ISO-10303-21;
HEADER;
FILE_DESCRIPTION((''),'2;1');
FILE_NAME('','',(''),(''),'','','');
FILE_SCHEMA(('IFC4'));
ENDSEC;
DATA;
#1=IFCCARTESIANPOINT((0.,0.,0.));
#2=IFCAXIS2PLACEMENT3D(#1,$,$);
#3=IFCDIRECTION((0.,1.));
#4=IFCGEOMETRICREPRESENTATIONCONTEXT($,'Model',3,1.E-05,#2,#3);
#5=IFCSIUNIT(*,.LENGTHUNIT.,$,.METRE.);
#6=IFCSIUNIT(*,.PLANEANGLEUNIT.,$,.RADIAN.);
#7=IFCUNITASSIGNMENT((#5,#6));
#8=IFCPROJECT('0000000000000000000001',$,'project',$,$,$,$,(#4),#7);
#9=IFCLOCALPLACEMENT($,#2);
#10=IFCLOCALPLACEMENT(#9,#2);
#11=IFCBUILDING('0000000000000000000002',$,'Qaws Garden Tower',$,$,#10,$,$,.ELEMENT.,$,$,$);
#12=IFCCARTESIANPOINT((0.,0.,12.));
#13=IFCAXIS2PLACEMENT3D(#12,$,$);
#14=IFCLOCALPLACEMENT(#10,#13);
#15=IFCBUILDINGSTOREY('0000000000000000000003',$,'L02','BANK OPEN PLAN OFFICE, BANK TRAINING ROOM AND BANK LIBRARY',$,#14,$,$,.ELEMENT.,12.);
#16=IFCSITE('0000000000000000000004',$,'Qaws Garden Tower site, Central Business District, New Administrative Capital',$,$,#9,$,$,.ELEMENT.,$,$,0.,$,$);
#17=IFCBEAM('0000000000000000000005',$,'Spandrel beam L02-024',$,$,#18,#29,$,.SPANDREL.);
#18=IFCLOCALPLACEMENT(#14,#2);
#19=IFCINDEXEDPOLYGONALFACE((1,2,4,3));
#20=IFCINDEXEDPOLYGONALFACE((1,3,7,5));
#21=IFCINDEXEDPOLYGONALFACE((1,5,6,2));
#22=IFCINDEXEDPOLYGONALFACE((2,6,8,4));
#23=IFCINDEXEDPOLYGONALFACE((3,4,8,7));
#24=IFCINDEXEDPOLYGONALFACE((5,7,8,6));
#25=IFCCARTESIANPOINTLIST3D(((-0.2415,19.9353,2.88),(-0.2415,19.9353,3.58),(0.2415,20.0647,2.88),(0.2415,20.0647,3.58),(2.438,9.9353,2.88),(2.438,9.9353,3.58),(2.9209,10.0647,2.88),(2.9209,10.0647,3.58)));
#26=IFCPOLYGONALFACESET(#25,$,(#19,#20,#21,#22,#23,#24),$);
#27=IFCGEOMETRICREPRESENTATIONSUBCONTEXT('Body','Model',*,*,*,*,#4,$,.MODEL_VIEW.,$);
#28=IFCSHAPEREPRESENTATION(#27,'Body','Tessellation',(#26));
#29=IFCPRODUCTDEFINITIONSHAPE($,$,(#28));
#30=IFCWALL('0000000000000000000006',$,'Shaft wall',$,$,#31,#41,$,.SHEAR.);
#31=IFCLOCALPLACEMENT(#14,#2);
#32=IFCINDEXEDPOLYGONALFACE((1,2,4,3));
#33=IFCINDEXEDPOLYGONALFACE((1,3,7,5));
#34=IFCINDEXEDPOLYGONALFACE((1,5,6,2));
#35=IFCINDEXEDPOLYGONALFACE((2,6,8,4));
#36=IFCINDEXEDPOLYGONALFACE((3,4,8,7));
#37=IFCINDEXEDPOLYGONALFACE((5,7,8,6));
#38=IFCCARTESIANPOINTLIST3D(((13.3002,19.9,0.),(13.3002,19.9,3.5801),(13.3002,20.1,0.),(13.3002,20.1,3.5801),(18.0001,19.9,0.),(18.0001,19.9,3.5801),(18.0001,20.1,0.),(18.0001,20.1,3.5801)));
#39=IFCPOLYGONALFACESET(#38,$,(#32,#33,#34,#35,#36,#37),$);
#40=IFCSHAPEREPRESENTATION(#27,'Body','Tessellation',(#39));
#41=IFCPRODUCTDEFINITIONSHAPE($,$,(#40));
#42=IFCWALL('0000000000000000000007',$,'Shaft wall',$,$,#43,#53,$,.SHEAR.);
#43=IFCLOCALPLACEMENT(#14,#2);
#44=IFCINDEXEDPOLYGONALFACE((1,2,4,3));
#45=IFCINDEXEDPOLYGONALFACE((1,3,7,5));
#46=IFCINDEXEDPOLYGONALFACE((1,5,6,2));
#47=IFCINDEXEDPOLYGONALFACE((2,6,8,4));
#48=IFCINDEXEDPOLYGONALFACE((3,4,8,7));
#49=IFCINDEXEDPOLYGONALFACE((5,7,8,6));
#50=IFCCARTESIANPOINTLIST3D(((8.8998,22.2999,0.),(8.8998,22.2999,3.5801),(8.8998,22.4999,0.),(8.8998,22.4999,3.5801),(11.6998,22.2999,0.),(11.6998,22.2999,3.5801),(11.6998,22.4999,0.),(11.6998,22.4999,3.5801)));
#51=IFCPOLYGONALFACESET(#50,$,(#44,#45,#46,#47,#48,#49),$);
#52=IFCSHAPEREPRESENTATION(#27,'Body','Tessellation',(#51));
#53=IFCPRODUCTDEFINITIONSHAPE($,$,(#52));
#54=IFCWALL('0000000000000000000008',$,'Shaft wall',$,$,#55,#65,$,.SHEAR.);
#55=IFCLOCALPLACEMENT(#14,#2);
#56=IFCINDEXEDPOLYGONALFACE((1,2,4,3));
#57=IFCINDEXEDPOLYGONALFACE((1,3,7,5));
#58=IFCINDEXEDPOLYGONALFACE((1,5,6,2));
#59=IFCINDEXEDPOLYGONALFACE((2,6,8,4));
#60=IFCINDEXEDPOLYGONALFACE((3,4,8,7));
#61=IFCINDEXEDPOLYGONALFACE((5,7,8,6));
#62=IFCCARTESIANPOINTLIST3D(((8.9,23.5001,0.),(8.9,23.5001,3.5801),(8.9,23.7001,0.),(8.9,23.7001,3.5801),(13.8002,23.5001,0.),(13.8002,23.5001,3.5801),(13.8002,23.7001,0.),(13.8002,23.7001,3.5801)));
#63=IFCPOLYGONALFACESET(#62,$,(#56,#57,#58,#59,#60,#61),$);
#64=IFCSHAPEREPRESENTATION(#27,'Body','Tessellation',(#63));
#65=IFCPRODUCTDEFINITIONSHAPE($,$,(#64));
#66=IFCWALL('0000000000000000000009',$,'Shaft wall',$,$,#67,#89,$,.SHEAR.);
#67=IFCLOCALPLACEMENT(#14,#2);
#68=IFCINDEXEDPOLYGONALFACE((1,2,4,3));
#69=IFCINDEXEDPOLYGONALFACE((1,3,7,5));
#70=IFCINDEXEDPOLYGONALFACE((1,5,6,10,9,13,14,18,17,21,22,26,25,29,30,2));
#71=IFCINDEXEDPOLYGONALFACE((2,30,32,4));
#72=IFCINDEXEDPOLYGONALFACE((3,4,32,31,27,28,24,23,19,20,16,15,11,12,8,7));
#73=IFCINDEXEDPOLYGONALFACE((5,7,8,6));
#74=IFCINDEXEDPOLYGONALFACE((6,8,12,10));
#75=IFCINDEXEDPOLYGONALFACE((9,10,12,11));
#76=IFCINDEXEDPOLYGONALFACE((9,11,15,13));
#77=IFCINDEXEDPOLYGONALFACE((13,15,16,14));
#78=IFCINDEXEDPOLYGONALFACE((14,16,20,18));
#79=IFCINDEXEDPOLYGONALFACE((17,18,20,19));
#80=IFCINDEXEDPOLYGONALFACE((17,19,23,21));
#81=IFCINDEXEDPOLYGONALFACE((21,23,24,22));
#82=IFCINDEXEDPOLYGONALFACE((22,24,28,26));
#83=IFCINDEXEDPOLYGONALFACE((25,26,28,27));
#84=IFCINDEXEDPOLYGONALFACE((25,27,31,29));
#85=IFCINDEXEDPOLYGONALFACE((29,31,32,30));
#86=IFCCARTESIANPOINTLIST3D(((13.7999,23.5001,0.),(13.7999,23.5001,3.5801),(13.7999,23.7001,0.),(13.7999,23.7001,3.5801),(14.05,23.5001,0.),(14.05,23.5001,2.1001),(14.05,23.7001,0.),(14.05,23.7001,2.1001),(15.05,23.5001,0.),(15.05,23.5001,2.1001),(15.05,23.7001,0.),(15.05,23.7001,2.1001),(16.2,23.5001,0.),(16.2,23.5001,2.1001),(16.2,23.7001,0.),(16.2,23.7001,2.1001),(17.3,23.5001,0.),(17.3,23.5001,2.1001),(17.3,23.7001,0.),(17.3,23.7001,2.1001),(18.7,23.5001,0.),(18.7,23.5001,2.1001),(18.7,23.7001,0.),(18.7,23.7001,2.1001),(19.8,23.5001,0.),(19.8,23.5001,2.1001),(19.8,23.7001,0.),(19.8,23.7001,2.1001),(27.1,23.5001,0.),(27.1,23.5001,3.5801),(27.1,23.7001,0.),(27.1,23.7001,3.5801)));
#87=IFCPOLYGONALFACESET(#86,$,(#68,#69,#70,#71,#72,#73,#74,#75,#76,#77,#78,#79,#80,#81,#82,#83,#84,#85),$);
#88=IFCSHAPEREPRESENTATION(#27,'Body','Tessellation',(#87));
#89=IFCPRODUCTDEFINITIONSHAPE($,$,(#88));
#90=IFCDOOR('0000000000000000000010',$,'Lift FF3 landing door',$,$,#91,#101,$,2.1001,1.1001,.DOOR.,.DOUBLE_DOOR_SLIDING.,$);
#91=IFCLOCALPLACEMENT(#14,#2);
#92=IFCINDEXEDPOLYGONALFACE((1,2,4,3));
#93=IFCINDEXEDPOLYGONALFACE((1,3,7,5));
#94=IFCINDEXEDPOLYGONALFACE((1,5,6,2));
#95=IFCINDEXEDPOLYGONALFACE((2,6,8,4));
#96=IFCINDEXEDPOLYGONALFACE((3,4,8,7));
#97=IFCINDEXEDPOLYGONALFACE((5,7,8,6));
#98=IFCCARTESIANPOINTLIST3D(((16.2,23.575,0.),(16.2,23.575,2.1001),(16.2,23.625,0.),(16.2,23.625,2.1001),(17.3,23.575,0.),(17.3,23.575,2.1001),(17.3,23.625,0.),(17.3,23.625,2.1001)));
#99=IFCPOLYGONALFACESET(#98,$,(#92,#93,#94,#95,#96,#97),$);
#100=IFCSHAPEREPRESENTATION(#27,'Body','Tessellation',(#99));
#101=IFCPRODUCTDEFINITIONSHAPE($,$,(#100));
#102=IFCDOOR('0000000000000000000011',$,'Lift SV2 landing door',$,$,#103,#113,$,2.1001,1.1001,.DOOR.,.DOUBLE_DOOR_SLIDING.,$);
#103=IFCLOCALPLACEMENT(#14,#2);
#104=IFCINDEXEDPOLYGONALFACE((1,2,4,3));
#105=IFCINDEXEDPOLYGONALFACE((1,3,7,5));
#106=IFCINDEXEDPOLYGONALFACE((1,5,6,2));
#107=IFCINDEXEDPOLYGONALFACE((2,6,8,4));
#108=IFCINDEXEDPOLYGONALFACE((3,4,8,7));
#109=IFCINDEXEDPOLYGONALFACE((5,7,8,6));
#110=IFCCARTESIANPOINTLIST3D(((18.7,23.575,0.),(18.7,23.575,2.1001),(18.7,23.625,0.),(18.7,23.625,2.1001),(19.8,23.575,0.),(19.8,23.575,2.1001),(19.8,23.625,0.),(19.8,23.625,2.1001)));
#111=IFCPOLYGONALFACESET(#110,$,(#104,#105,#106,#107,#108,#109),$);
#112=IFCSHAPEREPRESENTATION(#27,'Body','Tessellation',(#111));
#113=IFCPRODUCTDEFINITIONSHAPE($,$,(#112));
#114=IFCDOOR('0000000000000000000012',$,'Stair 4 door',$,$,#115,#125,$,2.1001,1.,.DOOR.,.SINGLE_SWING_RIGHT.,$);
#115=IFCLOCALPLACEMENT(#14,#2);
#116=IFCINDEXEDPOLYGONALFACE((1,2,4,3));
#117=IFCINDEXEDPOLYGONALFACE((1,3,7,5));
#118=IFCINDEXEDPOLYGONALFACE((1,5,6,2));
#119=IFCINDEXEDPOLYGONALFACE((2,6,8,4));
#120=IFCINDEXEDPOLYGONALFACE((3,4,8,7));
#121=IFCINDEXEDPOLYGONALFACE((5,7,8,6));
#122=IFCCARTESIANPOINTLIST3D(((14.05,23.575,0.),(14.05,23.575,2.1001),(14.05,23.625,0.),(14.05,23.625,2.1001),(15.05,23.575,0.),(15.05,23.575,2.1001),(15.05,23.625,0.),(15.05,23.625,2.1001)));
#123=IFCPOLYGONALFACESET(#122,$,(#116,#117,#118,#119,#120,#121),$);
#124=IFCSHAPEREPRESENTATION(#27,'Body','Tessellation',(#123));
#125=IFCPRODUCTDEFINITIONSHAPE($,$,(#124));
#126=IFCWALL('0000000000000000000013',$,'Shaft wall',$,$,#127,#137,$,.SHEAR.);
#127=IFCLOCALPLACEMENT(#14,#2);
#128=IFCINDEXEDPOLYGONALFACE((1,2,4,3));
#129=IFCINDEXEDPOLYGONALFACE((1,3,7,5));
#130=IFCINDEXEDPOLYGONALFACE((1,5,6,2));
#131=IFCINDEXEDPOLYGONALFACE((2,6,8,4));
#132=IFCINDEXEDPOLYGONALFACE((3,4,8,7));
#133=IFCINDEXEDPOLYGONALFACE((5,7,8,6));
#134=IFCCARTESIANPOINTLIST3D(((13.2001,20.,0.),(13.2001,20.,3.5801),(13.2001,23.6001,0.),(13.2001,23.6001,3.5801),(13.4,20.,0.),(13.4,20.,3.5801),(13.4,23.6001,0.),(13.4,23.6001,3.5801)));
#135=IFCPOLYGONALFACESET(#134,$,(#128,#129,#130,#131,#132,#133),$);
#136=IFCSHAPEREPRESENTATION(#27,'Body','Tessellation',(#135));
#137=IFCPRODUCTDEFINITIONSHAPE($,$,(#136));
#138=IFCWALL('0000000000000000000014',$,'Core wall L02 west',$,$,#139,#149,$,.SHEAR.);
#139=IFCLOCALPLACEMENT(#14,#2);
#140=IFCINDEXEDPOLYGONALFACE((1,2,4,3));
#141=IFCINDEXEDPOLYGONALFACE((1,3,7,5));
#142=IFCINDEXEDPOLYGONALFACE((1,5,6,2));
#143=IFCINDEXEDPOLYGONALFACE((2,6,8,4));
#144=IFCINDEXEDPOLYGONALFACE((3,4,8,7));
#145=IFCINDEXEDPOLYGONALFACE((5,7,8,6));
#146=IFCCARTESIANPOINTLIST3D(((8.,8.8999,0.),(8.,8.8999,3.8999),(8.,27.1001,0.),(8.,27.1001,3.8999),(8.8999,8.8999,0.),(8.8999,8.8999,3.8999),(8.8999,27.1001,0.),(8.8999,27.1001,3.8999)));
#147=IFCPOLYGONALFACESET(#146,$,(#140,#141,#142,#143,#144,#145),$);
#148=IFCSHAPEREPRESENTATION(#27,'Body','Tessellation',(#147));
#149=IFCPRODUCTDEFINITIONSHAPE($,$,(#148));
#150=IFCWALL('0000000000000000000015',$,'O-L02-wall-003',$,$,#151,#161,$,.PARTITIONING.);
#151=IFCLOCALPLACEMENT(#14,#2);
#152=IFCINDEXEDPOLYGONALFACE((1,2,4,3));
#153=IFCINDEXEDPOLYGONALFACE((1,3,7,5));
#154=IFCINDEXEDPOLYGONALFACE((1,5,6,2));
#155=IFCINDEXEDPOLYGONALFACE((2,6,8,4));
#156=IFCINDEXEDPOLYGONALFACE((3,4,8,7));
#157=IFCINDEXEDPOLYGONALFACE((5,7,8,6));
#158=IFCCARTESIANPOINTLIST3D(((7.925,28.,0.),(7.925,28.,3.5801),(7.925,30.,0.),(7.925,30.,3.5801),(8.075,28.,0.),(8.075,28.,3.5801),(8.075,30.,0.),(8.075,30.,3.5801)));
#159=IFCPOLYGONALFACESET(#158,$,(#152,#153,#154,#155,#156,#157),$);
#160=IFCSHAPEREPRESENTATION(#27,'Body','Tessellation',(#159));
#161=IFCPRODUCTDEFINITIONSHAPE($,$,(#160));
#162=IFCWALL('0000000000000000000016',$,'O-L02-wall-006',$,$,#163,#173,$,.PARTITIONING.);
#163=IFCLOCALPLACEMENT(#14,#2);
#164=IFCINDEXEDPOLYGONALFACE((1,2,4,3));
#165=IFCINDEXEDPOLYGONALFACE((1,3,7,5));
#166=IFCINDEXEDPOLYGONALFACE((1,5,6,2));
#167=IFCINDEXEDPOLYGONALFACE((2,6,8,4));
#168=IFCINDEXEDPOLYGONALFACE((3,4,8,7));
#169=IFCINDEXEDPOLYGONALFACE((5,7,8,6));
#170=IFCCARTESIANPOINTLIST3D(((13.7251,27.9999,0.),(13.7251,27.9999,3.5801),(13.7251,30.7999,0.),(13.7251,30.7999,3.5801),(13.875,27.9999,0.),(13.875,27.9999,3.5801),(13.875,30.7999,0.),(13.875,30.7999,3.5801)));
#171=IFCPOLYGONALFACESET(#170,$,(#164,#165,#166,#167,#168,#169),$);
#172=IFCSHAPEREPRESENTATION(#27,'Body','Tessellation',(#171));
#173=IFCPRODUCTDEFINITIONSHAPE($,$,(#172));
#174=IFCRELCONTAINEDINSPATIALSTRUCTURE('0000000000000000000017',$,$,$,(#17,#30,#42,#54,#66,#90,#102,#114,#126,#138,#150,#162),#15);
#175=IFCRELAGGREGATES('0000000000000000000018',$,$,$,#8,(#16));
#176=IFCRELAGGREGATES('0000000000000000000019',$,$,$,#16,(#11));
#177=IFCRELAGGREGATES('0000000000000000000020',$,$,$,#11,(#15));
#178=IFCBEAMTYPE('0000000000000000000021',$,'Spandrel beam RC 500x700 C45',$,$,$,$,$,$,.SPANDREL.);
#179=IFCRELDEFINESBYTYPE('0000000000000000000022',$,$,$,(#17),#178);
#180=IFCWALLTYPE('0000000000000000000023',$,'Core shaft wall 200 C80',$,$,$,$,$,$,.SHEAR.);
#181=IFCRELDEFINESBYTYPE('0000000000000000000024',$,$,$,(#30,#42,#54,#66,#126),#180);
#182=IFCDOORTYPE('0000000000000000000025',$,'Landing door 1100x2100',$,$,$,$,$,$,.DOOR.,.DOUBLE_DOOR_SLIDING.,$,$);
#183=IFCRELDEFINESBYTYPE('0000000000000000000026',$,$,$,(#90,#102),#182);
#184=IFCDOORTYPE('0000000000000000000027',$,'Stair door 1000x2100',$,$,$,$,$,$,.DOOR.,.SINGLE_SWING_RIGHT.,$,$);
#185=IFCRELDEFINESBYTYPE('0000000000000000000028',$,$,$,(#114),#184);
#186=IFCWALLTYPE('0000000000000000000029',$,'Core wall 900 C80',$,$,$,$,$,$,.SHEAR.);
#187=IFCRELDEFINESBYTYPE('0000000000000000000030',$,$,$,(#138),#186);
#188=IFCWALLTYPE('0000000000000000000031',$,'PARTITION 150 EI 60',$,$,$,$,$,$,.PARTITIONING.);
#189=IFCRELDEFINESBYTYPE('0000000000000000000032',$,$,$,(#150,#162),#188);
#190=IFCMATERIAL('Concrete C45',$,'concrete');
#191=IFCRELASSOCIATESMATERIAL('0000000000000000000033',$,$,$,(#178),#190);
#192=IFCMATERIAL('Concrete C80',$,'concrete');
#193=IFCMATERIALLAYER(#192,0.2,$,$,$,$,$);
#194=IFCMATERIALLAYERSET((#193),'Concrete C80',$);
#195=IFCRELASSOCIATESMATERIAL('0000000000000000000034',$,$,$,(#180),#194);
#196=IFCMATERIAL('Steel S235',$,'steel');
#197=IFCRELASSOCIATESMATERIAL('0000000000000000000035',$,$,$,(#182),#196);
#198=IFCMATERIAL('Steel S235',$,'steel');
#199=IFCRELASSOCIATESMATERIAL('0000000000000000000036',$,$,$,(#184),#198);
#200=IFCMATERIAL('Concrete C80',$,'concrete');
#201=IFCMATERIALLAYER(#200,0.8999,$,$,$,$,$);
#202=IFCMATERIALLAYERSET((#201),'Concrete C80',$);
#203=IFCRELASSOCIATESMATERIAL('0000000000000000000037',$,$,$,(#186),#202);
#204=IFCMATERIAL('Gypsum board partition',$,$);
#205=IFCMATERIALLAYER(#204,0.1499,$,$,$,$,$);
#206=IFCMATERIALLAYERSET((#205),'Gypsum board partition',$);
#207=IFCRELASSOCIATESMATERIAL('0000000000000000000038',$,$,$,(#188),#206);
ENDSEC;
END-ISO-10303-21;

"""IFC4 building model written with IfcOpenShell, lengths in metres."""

from ifc_helpers import new_model, si_unit, direction, frame, frame_2d, origin, origin_2d, place, context, subcontext, project, spatial, rectangle, extrude, material, layer, layer_set, material_profile, profile_set, type_object, element, fill, save


model = new_model("IFC4")

# Units and contexts
model_context = context("Model", 3, precision=1e-05, world=origin(), true_north=direction((0.0, 1.0)))
body_context = subcontext(model_context, "Body", "Model", "MODEL_VIEW")
ifc_project = project(units=[si_unit("LENGTHUNIT", "METRE"), si_unit("PLANEANGLEUNIT", "RADIAN")], contexts=[model_context])

# Site, building, storey
site_placement = place(None, origin())
site = spatial("IfcSite", under=ifc_project, at=site_placement, Name="Qaws Garden Tower site, Central Business District, New Administrative Capital", CompositionType="ELEMENT", RefElevation=0.0)
building_placement = place(site_placement, origin())
building = spatial("IfcBuilding", under=site, at=building_placement, Name="Qaws Garden Tower", CompositionType="ELEMENT")
storey_placement = place(building_placement, frame((0.0, 0.0, 12.0)))
storey = spatial("IfcBuildingStorey", under=building, at=storey_placement, Name="L02", Description="BANK OPEN PLAN OFFICE, BANK TRAINING ROOM AND BANK LIBRARY", CompositionType="ELEMENT", Elevation=12.0)

# Beam
ifc_material_1 = material(Name="Concrete C45", Category="concrete")
ifc_material_profile = material_profile(ifc_material_1, rectangle(XDim=0.5, YDim=0.7, at=origin_2d()), Name="RC 500x700")
ifc_profile_set = profile_set([ifc_material_profile], Name="Concrete C45")
beam_type = type_object("IfcBeamType", Name="Spandrel beam RC 500x700 C45", PredefinedType="SPANDREL", material=ifc_profile_set)
beam_placement = place(storey_placement, frame((0.0, 20.0, 3.23), z_axis=(0.258815, -0.965927, 0.0), x_axis=(0.965927, 0.258815, 0.0)))
element("IfcBeam", 1, at=beam_placement, inside=storey, type_object=beam_type, Name="Spandrel beam L02-024", PredefinedType="SPANDREL", context=body_context, shape_type="SweptSolid", body=[
    extrude(rectangle(XDim=0.5, YDim=0.7, at=origin_2d()), origin(), (0.0, 0.0, 1.0), 10.3528),
])

# Walls
ifc_material_2 = material(Name="Concrete C80", Category="concrete")
ifc_layer_1 = layer(ifc_material_2, 0.2)
ifc_layer_set_1 = layer_set([ifc_layer_1], Name="Concrete C80")
wall_type_1 = type_object("IfcWallType", Name="Core shaft wall 200 C80", PredefinedType="SHEAR", material=ifc_layer_set_1)
wall_1_placement = place(storey_placement, frame((13.3, 20.0, 0.0), z_axis=(0.0, 0.0, 1.0), x_axis=(1.0, 0.0, 0.0)))
element("IfcWall", 2, at=wall_1_placement, inside=storey, type_object=wall_type_1, Name="Shaft wall", PredefinedType="SHEAR", context=body_context, shape_type="SweptSolid", body=[
    extrude(rectangle(XDim=4.7, YDim=0.2, at=frame_2d((2.3501, 0.0))), origin(), (0.0, 0.0, 1.0), 3.5801),
])
wall_2_placement = place(storey_placement, frame((8.8999, 22.3999, 0.0), z_axis=(0.0, 0.0, 1.0), x_axis=(1.0, 0.0, 0.0)))
element("IfcWall", 3, at=wall_2_placement, inside=storey, type_object=wall_type_1, Name="Shaft wall", PredefinedType="SHEAR", context=body_context, shape_type="SweptSolid", body=[
    extrude(rectangle(XDim=2.8, YDim=0.2, at=frame_2d((1.3999, 0.0))), origin(), (0.0, 0.0, 1.0), 3.5801),
])
wall_3_placement = place(storey_placement, frame((8.8999, 23.6001, 0.0), z_axis=(0.0, 0.0, 1.0), x_axis=(1.0, 0.0, 0.0)))
element("IfcWall", 4, at=wall_3_placement, inside=storey, type_object=wall_type_1, Name="Shaft wall", PredefinedType="SHEAR", context=body_context, shape_type="SweptSolid", body=[
    extrude(rectangle(XDim=4.9001, YDim=0.2, at=frame_2d((2.4502, 0.0))), origin(), (0.0, 0.0, 1.0), 3.5801),
])

# Wall, openings, doors
wall_4_placement = place(storey_placement, frame((13.8, 23.6001, 0.0), z_axis=(0.0, 0.0, 1.0), x_axis=(1.0, 0.0, 0.0)))
wall_4 = element("IfcWall", 5, at=wall_4_placement, inside=storey, type_object=wall_type_1, Name="Shaft wall", PredefinedType="SHEAR", context=body_context, shape_type="SweptSolid", body=[
    extrude(rectangle(XDim=13.3, YDim=0.2, at=frame_2d((6.6499, 0.0))), origin(), (0.0, 0.0, 1.0), 3.5801),
])
opening_1_placement = place(wall_4_placement, frame((2.3999, 0.0, 0.0)))
opening_1 = element("IfcOpeningElement", 6, at=opening_1_placement, cuts=wall_4, PredefinedType="OPENING", context=body_context, shape_type="SweptSolid", body=[
    extrude(rectangle(XDim=1.1001, YDim=2.1001, at=frame_2d((0.55, 1.05))), frame((0.0, 0.1099, 0.0), z_axis=(0.0, -1.0, 0.0), x_axis=(1.0, 0.0, 0.0)), (0.0, 0.0, 1.0), 0.22),
])
opening_2_placement = place(wall_4_placement, frame((4.8999, 0.0, 0.0)))
opening_2 = element("IfcOpeningElement", 7, at=opening_2_placement, cuts=wall_4, PredefinedType="OPENING", context=body_context, shape_type="SweptSolid", body=[
    extrude(rectangle(XDim=1.1001, YDim=2.1001, at=frame_2d((0.55, 1.05))), frame((0.0, 0.1099, 0.0), z_axis=(0.0, -1.0, 0.0), x_axis=(1.0, 0.0, 0.0)), (0.0, 0.0, 1.0), 0.22),
])
opening_3_placement = place(wall_4_placement, frame((0.25, 0.0, 0.0)))
opening_3 = element("IfcOpeningElement", 8, at=opening_3_placement, cuts=wall_4, PredefinedType="OPENING", context=body_context, shape_type="SweptSolid", body=[
    extrude(rectangle(XDim=1.0, YDim=2.1001, at=frame_2d((0.5, 1.05))), frame((0.0, 0.1099, 0.0), z_axis=(0.0, -1.0, 0.0), x_axis=(1.0, 0.0, 0.0)), (0.0, 0.0, 1.0), 0.22),
])
ifc_material_3 = material(Name="Steel S235", Category="steel")
door_type_1 = type_object("IfcDoorType", Name="Landing door 1100x2100", OperationType="DOUBLE_DOOR_SLIDING", PredefinedType="DOOR", material=ifc_material_3)
door_1_placement = place(opening_1_placement, origin())
door_1 = element("IfcDoor", 9, at=door_1_placement, inside=storey, type_object=door_type_1, Name="Lift FF3 landing door", OperationType="DOUBLE_DOOR_SLIDING", OverallHeight=2.1001, OverallWidth=1.1001, PredefinedType="DOOR", context=body_context, shape_type="SweptSolid", body=[
    extrude(rectangle(XDim=1.1001, YDim=2.1001, at=frame_2d((0.55, 1.05))), frame((0.0, 0.0249, 0.0), z_axis=(0.0, -1.0, 0.0), x_axis=(1.0, 0.0, 0.0)), (0.0, 0.0, 1.0), 0.05),
])
fill(opening_1, door_1)
door_2_placement = place(opening_2_placement, origin())
door_2 = element("IfcDoor", 10, at=door_2_placement, inside=storey, type_object=door_type_1, Name="Lift SV2 landing door", OperationType="DOUBLE_DOOR_SLIDING", OverallHeight=2.1001, OverallWidth=1.1001, PredefinedType="DOOR", context=body_context, shape_type="SweptSolid", body=[
    extrude(rectangle(XDim=1.1001, YDim=2.1001, at=frame_2d((0.55, 1.05))), frame((0.0, 0.0249, 0.0), z_axis=(0.0, -1.0, 0.0), x_axis=(1.0, 0.0, 0.0)), (0.0, 0.0, 1.0), 0.05),
])
fill(opening_2, door_2)
ifc_material_4 = material(Name="Steel S235", Category="steel")
door_type_2 = type_object("IfcDoorType", Name="Stair door 1000x2100", OperationType="SINGLE_SWING_RIGHT", PredefinedType="DOOR", material=ifc_material_4)
door_3_placement = place(opening_3_placement, origin())
door_3 = element("IfcDoor", 11, at=door_3_placement, inside=storey, type_object=door_type_2, Name="Stair 4 door", OperationType="SINGLE_SWING_RIGHT", OverallHeight=2.1001, OverallWidth=1.0, PredefinedType="DOOR", context=body_context, shape_type="SweptSolid", body=[
    extrude(rectangle(XDim=1.0, YDim=2.1001, at=frame_2d((0.5, 1.05))), frame((0.0, 0.0249, 0.0), z_axis=(0.0, -1.0, 0.0), x_axis=(1.0, 0.0, 0.0)), (0.0, 0.0, 1.0), 0.05),
])
fill(opening_3, door_3)

# Walls
wall_5_placement = place(storey_placement, frame((13.3, 20.0, 0.0), z_axis=(0.0, 0.0, 1.0), x_axis=(0.0, 1.0, 0.0)))
element("IfcWall", 12, at=wall_5_placement, inside=storey, type_object=wall_type_1, Name="Shaft wall", PredefinedType="SHEAR", context=body_context, shape_type="SweptSolid", body=[
    extrude(rectangle(XDim=3.6001, YDim=0.2, at=frame_2d((1.8, 0.0))), origin(), (0.0, 0.0, 1.0), 3.5801),
])
ifc_material_5 = material(Name="Concrete C80", Category="concrete")
ifc_layer_2 = layer(ifc_material_5, 0.8999)
ifc_layer_set_2 = layer_set([ifc_layer_2], Name="Concrete C80")
wall_type_2 = type_object("IfcWallType", Name="Core wall 900 C80", PredefinedType="SHEAR", material=ifc_layer_set_2)
wall_6_placement = place(storey_placement, frame((8.45, 27.1001, 0.0), z_axis=(0.0, 0.0, 1.0), x_axis=(0.0, -1.0, 0.0)))
element("IfcWall", 13, at=wall_6_placement, inside=storey, type_object=wall_type_2, Name="Core wall L02 west", PredefinedType="SHEAR", context=body_context, shape_type="SweptSolid", body=[
    extrude(rectangle(XDim=18.2002, YDim=0.8999, at=frame_2d((9.1001, 0.0))), origin(), (0.0, 0.0, 1.0), 3.8999),
])
ifc_material_6 = material(Name="Gypsum board partition")
ifc_layer_3 = layer(ifc_material_6, 0.1499)
ifc_layer_set_3 = layer_set([ifc_layer_3], Name="Gypsum board partition")
wall_type_3 = type_object("IfcWallType", Name="PARTITION 150 EI 60", PredefinedType="PARTITIONING", material=ifc_layer_set_3)
wall_7_placement = place(storey_placement, frame((8.0, 28.0, 0.0), z_axis=(0.0, 0.0, 1.0), x_axis=(0.0, 1.0, 0.0)))
element("IfcWall", 14, at=wall_7_placement, inside=storey, type_object=wall_type_3, Name="O-L02-wall-003", PredefinedType="PARTITIONING", context=body_context, shape_type="SweptSolid", body=[
    extrude(rectangle(XDim=2.0, YDim=0.1499, at=frame_2d((1.0, 0.0))), origin(), (0.0, 0.0, 1.0), 3.5801),
])
wall_8_placement = place(storey_placement, frame((13.8, 28.0, 0.0), z_axis=(0.0, 0.0, 1.0), x_axis=(0.0, 1.0, 0.0)))
element("IfcWall", 15, at=wall_8_placement, inside=storey, type_object=wall_type_3, Name="O-L02-wall-006", PredefinedType="PARTITIONING", context=body_context, shape_type="SweptSolid", body=[
    extrude(rectangle(XDim=2.8, YDim=0.1499, at=frame_2d((1.3999, 0.0))), origin(), (0.0, 0.0, 1.0), 3.5801),
])

save(model, "model.ifc")
